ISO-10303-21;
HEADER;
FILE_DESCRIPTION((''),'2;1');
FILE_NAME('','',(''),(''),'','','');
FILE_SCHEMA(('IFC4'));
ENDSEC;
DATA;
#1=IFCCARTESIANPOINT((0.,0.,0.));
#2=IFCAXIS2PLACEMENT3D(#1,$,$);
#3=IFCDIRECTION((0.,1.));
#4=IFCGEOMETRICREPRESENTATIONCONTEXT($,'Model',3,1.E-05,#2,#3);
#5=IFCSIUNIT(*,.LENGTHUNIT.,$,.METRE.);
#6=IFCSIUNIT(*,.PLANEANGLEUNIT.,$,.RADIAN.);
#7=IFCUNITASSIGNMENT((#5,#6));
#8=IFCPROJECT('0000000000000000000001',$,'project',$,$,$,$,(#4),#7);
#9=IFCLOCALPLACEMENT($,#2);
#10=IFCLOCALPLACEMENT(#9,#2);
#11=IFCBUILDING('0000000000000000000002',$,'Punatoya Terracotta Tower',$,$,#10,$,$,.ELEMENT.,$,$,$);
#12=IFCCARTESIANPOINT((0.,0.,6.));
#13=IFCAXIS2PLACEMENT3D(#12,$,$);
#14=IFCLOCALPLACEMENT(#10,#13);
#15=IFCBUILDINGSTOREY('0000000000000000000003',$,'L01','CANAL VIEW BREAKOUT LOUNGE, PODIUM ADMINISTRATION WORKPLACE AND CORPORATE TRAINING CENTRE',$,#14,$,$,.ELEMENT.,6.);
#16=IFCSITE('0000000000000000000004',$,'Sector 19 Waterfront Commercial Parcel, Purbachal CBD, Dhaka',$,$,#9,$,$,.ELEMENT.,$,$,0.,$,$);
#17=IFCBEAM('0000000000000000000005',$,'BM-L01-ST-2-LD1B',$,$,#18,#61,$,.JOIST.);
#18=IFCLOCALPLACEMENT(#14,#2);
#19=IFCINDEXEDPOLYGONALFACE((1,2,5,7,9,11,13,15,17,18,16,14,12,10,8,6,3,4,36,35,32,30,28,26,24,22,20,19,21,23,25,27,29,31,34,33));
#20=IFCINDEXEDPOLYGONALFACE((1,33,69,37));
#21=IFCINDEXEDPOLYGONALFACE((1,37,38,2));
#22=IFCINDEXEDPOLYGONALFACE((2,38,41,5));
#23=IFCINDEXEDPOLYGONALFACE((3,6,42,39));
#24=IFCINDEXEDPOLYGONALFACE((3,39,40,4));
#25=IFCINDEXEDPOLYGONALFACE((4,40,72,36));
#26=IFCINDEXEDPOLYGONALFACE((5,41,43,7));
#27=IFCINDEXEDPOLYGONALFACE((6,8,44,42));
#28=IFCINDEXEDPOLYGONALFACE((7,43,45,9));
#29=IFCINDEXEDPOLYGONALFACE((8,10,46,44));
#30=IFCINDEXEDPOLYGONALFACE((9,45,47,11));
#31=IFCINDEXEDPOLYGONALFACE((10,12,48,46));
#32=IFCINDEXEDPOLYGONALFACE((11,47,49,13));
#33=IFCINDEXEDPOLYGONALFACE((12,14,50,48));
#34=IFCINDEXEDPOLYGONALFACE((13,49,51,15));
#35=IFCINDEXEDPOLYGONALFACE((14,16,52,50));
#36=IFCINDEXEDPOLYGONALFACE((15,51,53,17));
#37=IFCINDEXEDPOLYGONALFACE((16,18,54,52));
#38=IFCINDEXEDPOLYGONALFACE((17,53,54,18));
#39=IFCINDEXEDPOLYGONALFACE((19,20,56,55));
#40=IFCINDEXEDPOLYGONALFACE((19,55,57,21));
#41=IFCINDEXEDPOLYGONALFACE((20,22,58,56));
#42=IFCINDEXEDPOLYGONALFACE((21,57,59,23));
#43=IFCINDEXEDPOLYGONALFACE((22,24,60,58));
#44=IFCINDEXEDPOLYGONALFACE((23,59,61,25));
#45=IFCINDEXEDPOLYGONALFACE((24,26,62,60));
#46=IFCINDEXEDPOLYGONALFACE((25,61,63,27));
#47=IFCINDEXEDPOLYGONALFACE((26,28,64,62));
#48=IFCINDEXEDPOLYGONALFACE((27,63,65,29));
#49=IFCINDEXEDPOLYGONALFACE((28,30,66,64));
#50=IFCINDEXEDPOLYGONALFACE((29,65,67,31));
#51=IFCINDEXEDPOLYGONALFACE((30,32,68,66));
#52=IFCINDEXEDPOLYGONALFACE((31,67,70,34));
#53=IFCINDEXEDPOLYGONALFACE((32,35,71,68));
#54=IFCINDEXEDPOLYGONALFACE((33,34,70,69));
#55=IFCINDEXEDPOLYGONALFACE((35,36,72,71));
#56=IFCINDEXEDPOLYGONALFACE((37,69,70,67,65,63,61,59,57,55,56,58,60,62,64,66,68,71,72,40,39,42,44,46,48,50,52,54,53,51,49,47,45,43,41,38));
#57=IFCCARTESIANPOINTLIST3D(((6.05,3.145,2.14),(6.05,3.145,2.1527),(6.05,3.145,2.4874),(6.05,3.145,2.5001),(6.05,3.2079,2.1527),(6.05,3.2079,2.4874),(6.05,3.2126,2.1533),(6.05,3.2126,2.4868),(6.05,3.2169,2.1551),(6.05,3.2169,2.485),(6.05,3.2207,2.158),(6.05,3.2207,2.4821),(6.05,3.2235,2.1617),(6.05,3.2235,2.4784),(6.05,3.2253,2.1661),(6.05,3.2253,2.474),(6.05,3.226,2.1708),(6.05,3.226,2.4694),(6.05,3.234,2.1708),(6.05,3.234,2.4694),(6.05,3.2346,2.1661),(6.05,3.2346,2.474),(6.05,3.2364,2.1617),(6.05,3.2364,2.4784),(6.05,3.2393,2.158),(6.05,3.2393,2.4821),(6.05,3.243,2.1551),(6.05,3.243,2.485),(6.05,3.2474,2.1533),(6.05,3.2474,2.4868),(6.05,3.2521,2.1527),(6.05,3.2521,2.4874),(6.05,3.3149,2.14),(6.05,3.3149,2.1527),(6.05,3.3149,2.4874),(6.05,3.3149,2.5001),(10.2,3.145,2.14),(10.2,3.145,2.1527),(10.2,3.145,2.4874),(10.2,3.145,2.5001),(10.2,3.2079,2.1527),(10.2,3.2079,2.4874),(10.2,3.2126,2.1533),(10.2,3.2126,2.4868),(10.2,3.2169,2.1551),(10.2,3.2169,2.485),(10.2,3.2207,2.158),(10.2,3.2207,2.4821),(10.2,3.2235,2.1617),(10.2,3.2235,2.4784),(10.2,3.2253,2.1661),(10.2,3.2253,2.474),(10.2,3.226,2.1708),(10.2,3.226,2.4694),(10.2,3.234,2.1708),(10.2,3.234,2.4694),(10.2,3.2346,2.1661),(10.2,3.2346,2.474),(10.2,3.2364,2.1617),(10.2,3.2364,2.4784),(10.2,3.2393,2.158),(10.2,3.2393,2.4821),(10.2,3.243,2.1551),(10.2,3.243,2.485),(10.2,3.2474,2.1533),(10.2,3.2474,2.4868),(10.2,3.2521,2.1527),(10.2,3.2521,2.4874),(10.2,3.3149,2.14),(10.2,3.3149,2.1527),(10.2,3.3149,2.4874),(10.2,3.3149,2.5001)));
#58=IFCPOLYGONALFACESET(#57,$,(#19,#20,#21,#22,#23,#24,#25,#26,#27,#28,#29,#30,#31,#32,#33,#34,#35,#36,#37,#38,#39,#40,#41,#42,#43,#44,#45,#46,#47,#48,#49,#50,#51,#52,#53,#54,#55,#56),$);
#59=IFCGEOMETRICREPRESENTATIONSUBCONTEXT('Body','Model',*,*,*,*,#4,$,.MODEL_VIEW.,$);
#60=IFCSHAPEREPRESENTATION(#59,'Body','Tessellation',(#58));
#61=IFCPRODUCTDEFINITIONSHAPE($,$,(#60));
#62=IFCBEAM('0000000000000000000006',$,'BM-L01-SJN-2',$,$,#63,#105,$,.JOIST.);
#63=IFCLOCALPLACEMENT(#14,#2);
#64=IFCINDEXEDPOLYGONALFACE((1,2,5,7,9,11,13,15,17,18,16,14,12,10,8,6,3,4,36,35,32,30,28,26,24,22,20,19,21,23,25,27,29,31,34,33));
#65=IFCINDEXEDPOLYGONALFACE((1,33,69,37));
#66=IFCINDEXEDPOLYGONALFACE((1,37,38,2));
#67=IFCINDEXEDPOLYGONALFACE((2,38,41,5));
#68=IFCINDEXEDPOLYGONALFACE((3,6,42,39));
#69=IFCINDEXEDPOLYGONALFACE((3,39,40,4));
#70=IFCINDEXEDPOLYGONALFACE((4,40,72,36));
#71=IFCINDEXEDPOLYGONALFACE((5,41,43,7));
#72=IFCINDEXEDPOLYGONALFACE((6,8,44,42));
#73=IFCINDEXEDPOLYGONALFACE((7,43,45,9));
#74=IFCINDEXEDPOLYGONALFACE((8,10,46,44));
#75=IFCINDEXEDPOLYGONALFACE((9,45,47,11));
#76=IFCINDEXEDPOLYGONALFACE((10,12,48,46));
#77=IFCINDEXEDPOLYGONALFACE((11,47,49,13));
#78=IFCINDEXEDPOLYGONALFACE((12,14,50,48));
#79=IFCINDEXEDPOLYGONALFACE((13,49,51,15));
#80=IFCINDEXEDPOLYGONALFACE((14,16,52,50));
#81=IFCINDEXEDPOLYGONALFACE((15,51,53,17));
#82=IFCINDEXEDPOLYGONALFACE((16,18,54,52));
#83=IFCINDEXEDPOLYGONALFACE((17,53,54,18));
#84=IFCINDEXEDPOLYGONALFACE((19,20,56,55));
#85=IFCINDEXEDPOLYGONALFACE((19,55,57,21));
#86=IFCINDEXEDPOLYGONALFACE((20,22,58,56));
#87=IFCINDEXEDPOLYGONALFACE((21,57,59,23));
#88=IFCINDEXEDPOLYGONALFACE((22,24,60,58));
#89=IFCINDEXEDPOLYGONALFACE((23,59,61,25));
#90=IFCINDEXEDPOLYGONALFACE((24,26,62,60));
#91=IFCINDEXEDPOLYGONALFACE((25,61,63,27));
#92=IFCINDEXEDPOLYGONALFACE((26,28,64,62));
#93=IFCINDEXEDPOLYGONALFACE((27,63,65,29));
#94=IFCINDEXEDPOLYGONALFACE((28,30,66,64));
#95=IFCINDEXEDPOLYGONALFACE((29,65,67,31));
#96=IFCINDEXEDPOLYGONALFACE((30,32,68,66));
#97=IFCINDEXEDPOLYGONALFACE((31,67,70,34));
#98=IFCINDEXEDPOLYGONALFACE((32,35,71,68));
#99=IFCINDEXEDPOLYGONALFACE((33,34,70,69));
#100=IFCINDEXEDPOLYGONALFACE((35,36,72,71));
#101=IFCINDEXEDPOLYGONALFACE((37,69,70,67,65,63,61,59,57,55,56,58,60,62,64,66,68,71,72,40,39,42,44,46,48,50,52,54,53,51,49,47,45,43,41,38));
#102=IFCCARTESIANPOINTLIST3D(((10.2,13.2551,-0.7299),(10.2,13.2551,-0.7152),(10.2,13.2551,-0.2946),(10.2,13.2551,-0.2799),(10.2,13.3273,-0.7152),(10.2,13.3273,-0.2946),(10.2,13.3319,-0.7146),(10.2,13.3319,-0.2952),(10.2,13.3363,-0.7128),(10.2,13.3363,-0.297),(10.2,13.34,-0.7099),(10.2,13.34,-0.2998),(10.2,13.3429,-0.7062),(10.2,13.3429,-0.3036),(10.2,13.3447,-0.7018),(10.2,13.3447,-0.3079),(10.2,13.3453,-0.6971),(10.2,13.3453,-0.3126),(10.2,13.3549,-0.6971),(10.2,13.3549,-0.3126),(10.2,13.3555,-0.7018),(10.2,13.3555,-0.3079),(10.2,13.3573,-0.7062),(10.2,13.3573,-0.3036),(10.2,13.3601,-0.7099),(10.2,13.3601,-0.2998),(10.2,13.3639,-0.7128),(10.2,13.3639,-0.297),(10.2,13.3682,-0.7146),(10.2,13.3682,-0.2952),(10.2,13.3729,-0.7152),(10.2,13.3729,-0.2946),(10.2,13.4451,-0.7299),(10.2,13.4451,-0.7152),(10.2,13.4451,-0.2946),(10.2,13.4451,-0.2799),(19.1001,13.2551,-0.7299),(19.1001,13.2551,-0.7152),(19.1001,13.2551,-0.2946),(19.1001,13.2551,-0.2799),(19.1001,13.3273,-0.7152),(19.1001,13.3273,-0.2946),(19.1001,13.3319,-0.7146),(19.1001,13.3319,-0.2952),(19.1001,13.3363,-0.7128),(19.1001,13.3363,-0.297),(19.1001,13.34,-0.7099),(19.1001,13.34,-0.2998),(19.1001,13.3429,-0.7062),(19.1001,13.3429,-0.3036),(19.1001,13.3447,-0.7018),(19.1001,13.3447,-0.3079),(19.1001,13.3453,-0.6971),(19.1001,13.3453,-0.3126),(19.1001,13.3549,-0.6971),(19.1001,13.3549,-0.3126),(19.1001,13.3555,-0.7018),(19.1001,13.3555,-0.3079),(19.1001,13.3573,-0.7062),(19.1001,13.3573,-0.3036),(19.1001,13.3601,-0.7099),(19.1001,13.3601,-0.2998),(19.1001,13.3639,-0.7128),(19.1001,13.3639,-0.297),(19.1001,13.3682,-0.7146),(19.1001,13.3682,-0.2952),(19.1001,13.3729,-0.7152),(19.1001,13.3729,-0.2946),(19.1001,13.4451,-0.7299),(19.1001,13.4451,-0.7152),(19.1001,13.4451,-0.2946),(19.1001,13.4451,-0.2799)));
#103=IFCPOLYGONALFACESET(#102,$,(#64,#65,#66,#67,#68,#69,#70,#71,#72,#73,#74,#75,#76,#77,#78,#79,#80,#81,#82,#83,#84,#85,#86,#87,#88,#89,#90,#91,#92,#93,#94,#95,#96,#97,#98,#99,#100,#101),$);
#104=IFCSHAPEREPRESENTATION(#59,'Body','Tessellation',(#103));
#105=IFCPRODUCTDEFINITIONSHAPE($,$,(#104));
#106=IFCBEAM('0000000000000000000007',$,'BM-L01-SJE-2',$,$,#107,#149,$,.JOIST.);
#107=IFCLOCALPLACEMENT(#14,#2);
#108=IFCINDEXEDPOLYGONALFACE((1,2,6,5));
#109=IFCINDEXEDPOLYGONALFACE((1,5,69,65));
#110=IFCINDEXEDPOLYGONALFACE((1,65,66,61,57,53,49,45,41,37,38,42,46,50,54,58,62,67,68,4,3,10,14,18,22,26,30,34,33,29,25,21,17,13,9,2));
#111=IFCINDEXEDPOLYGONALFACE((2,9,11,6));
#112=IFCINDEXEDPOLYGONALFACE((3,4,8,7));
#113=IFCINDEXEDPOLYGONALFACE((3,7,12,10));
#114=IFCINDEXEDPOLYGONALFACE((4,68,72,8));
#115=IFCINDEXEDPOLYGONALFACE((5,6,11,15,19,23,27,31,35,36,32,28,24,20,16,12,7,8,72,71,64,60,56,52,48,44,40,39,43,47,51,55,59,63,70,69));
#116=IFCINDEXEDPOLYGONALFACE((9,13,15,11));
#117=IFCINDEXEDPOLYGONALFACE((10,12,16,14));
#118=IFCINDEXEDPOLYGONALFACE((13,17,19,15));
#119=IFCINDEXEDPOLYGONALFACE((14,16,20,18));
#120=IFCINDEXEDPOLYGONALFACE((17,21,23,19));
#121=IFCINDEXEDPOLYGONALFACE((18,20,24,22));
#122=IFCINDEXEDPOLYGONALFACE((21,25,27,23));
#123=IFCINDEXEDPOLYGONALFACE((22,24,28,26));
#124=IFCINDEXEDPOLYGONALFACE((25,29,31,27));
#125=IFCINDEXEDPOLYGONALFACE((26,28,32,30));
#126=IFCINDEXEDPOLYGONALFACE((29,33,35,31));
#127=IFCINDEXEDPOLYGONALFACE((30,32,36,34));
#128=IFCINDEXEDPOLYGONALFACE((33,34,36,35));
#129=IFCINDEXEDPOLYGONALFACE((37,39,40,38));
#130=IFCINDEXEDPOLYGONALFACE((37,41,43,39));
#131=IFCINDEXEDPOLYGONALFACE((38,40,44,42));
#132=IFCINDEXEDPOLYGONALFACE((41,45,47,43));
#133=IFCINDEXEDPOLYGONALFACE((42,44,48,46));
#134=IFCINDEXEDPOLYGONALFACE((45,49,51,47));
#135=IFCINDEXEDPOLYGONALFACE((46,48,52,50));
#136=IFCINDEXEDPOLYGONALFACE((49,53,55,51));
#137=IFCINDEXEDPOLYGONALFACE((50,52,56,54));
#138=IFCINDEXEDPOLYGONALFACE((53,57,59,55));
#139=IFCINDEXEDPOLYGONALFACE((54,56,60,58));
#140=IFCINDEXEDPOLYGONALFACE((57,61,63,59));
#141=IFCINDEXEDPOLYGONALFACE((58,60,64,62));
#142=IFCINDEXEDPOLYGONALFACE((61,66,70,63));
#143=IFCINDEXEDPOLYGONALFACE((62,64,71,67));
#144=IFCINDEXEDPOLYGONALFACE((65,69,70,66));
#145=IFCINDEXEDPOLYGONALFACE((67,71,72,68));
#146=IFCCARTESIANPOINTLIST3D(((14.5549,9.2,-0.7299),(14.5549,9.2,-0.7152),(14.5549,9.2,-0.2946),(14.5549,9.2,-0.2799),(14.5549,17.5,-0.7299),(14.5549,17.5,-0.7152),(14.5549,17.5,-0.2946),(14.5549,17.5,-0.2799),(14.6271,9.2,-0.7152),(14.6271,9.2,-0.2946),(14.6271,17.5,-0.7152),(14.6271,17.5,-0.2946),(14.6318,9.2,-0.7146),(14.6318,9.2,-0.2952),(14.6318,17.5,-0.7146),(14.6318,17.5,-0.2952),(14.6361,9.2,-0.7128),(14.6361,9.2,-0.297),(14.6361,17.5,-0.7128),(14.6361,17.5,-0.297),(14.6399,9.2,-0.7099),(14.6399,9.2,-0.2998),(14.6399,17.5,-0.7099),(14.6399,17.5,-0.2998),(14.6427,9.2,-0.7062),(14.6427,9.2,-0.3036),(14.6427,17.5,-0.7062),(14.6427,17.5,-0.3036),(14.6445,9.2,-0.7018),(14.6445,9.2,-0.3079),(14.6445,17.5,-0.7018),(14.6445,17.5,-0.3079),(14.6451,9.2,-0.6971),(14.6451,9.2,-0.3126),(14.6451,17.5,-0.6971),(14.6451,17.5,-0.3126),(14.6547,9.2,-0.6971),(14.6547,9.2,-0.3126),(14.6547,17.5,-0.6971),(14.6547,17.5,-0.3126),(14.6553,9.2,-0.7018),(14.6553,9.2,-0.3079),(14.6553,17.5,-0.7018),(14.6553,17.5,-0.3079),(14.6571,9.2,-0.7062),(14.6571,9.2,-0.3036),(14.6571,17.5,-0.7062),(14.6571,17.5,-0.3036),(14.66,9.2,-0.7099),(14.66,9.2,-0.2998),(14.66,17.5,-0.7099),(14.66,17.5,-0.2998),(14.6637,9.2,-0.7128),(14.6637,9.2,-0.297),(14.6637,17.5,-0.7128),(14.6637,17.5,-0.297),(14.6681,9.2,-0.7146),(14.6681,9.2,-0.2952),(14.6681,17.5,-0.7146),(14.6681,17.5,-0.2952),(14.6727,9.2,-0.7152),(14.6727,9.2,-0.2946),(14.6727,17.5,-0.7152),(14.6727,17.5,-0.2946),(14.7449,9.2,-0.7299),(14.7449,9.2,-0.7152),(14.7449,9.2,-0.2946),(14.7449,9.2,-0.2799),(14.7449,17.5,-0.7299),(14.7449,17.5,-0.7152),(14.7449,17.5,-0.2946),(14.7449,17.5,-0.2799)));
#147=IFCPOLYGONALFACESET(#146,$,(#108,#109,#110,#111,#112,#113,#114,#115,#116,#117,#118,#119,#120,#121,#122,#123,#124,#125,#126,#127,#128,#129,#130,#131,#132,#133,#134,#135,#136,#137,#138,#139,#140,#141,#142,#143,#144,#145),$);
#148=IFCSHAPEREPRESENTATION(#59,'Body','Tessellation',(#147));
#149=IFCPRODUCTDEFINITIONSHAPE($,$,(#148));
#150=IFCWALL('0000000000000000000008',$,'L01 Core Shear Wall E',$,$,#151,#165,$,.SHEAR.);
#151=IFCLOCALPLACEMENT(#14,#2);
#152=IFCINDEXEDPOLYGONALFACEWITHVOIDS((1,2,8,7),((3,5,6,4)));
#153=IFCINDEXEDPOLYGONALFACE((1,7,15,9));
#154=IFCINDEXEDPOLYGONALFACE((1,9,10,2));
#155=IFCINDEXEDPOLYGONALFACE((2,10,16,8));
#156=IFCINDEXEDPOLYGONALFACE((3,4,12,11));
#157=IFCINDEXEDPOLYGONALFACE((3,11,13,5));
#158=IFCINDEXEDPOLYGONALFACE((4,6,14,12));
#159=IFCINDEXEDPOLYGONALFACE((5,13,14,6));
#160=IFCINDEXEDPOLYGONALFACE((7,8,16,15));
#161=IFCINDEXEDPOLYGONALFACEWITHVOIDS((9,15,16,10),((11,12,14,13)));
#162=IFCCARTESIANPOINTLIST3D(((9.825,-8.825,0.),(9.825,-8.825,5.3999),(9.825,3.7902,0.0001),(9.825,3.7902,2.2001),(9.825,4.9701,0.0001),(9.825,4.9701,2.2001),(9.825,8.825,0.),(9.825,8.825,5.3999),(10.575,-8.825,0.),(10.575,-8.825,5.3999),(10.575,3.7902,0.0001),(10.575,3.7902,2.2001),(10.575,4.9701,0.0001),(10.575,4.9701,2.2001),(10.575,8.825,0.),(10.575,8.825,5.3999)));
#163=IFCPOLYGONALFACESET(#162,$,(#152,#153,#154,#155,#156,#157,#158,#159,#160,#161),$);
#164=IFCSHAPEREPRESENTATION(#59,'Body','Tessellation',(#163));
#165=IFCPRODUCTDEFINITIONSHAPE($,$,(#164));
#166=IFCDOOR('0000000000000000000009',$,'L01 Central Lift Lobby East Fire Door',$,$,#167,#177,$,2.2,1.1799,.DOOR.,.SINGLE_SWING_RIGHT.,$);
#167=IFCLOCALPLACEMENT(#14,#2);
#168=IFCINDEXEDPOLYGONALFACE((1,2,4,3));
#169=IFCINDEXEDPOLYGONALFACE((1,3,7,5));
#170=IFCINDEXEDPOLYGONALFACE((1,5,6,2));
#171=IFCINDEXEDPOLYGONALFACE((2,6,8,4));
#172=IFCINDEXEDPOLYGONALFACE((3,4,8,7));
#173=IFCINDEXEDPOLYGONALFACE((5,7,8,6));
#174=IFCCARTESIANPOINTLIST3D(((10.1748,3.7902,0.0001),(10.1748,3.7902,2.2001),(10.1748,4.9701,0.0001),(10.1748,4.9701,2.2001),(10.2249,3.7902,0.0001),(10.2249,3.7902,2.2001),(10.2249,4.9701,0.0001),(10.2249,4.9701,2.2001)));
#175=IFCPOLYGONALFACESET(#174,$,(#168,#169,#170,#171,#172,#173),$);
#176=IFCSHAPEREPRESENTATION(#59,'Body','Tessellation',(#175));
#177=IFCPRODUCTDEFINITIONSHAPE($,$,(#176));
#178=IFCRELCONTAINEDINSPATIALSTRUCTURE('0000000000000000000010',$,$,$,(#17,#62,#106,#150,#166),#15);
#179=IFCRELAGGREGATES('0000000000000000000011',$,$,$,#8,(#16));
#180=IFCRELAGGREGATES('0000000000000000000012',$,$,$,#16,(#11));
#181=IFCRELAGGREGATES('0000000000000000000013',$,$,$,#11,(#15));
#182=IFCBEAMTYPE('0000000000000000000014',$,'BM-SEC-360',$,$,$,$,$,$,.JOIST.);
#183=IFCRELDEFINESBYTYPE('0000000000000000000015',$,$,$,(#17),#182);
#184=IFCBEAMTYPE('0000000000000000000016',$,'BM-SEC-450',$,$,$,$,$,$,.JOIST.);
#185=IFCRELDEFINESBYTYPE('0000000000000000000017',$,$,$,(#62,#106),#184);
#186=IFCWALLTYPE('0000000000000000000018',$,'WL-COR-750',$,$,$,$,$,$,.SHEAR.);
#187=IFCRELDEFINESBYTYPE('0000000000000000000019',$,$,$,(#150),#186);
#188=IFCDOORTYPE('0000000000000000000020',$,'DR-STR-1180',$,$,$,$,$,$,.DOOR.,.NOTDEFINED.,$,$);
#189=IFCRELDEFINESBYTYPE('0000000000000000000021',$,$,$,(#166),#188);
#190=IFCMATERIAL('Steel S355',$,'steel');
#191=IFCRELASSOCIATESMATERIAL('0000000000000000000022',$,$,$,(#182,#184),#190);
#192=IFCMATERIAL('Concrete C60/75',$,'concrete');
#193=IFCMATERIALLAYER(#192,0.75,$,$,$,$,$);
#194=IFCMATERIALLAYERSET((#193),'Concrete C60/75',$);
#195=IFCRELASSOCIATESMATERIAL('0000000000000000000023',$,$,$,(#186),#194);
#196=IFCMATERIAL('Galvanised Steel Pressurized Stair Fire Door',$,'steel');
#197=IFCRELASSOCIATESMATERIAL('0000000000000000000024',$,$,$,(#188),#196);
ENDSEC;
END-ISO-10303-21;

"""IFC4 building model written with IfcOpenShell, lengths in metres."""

from ifc_helpers import new_model, si_unit, direction, frame, frame_2d, origin, origin_2d, place, context, subcontext, project, spatial, rectangle, i_section, extrude, material, layer, layer_set, material_profile, profile_set, type_object, element, fill, save


model = new_model("IFC4")

# Units and contexts
model_context = context("Model", 3, precision=1e-05, world=origin(), true_north=direction((0.0, 1.0)))
body_context = subcontext(model_context, "Body", "Model", "MODEL_VIEW")
ifc_project = project(units=[si_unit("LENGTHUNIT", "METRE"), si_unit("PLANEANGLEUNIT", "RADIAN")], contexts=[model_context])

# Site, building, storey
site_placement = place(None, origin())
site = spatial("IfcSite", under=ifc_project, at=site_placement, Name="Sector 19 Waterfront Commercial Parcel, Purbachal CBD, Dhaka", CompositionType="ELEMENT", RefElevation=0.0)
building_placement = place(site_placement, origin())
building = spatial("IfcBuilding", under=site, at=building_placement, Name="Punatoya Terracotta Tower", CompositionType="ELEMENT")
storey_placement = place(building_placement, frame((0.0, 0.0, 6.0)))
storey = spatial("IfcBuildingStorey", under=building, at=storey_placement, Name="L01", Description="CANAL VIEW BREAKOUT LOUNGE, PODIUM ADMINISTRATION WORKPLACE AND CORPORATE TRAINING CENTRE", CompositionType="ELEMENT", Elevation=6.0)

# Beams
ifc_material_1 = material(Name="Steel S355", Category="steel")
ifc_material_profile_1 = material_profile(ifc_material_1, i_section(OverallWidth=0.1699, OverallDepth=0.3601, WebThickness=0.0081, FlangeThickness=0.0127, FilletRadius=0.0181, at=origin_2d()))
ifc_profile_set_1 = profile_set([ifc_material_profile_1], Name="Steel S355")
beam_type_1 = type_object("IfcBeamType", Name="BM-SEC-360", PredefinedType="JOIST", material=ifc_profile_set_1)
for number, where, z_axis, x_axis, name in (
    (1, (6.05, 3.23, 2.3201), (1.0, 0.0, 0.0), (0.0, 1.0, 0.0), "BM-L01-ST-2-LD1B"),
):
    element("IfcBeam", number, at=place(storey_placement, frame(where, z_axis=z_axis, x_axis=x_axis)), inside=storey, type_object=beam_type_1, Name=name, PredefinedType="JOIST", context=body_context, shape_type="SweptSolid", body=[
        extrude(i_section(OverallWidth=0.1699, OverallDepth=0.3601, WebThickness=0.0081, FlangeThickness=0.0127, FilletRadius=0.0181, at=origin_2d()), origin(), (0.0, 0.0, 1.0), 4.1499),
    ])
ifc_material_profile_2 = material_profile(ifc_material_1, i_section(OverallWidth=0.1899, OverallDepth=0.45, WebThickness=0.0095, FlangeThickness=0.0146, FilletRadius=0.0181, at=origin_2d()))
ifc_profile_set_2 = profile_set([ifc_material_profile_2], Name="Steel S355")
beam_type_2 = type_object("IfcBeamType", Name="BM-SEC-450", PredefinedType="JOIST", material=ifc_profile_set_2)
beam_1_placement = place(storey_placement, frame((10.2, 13.3501, -0.5049), z_axis=(1.0, 0.0, 0.0), x_axis=(0.0, 1.0, 0.0)))
element("IfcBeam", 2, at=beam_1_placement, inside=storey, type_object=beam_type_2, Name="BM-L01-SJN-2", PredefinedType="JOIST", context=body_context, shape_type="SweptSolid", body=[
    extrude(i_section(OverallWidth=0.1899, OverallDepth=0.45, WebThickness=0.0095, FlangeThickness=0.0146, FilletRadius=0.0181, at=origin_2d()), origin(), (0.0, 0.0, 1.0), 8.9001),
])
beam_2_placement = place(storey_placement, frame((14.6499, 9.2, -0.5049), z_axis=(0.0, 1.0, 0.0), x_axis=(-1.0, 0.0, 0.0)))
element("IfcBeam", 3, at=beam_2_placement, inside=storey, type_object=beam_type_2, Name="BM-L01-SJE-2", PredefinedType="JOIST", context=body_context, shape_type="SweptSolid", body=[
    extrude(i_section(OverallWidth=0.1899, OverallDepth=0.45, WebThickness=0.0095, FlangeThickness=0.0146, FilletRadius=0.0181, at=origin_2d()), origin(), (0.0, 0.0, 1.0), 8.3),
])

# Wall, opening, door
ifc_material_2 = material(Name="Concrete C60/75", Category="concrete")
ifc_layer_1 = layer(ifc_material_2, 0.75)
ifc_layer_set_1 = layer_set([ifc_layer_1], Name="Concrete C60/75")
wall_type_1 = type_object("IfcWallType", Name="WL-COR-750", PredefinedType="SHEAR", material=ifc_layer_set_1)
wall_1_placement = place(storey_placement, frame((10.2, 8.825, 0.0), z_axis=(0.0, 0.0, 1.0), x_axis=(0.0, -1.0, 0.0)))
wall_1 = element("IfcWall", 4, at=wall_1_placement, inside=storey, type_object=wall_type_1, Name="L01 Core Shear Wall E", PredefinedType="SHEAR", context=body_context, shape_type="SweptSolid", body=[
    extrude(rectangle(XDim=17.6499, YDim=0.75, at=frame_2d((8.825, 0.0))), origin(), (0.0, 0.0, 1.0), 5.3999),
])
opening_1_placement = place(wall_1_placement, frame((3.855, 0.0, 0.0)))
opening_1 = element("IfcOpeningElement", 5, at=opening_1_placement, cuts=wall_1, PredefinedType="OPENING", context=body_context, shape_type="SweptSolid", body=[
    extrude(rectangle(XDim=1.1799, YDim=2.2, at=frame_2d((0.5898, 1.1001))), frame((0.0, 0.385, 0.0), z_axis=(0.0, -1.0, 0.0), x_axis=(1.0, 0.0, 0.0)), (0.0, 0.0, 1.0), 0.77),
])
ifc_material_3 = material(Name="Galvanised Steel Pressurized Stair Fire Door", Category="steel")
door_type_1 = type_object("IfcDoorType", Name="DR-STR-1180", OperationType="NOTDEFINED", PredefinedType="DOOR", material=ifc_material_3)
door_1_placement = place(opening_1_placement, origin())
door_1 = element("IfcDoor", 6, at=door_1_placement, inside=storey, type_object=door_type_1, Name="L01 Central Lift Lobby East Fire Door", OperationType="SINGLE_SWING_RIGHT", OverallHeight=2.2, OverallWidth=1.1799, PredefinedType="DOOR", context=body_context, shape_type="SweptSolid", body=[
    extrude(rectangle(XDim=1.1799, YDim=2.2, at=frame_2d((0.5898, 1.1001))), frame((0.0, 0.0249, 0.0), z_axis=(0.0, -1.0, 0.0), x_axis=(1.0, 0.0, 0.0)), (0.0, 0.0, 1.0), 0.05),
])
fill(opening_1, door_1)

save(model, "model.ifc")
